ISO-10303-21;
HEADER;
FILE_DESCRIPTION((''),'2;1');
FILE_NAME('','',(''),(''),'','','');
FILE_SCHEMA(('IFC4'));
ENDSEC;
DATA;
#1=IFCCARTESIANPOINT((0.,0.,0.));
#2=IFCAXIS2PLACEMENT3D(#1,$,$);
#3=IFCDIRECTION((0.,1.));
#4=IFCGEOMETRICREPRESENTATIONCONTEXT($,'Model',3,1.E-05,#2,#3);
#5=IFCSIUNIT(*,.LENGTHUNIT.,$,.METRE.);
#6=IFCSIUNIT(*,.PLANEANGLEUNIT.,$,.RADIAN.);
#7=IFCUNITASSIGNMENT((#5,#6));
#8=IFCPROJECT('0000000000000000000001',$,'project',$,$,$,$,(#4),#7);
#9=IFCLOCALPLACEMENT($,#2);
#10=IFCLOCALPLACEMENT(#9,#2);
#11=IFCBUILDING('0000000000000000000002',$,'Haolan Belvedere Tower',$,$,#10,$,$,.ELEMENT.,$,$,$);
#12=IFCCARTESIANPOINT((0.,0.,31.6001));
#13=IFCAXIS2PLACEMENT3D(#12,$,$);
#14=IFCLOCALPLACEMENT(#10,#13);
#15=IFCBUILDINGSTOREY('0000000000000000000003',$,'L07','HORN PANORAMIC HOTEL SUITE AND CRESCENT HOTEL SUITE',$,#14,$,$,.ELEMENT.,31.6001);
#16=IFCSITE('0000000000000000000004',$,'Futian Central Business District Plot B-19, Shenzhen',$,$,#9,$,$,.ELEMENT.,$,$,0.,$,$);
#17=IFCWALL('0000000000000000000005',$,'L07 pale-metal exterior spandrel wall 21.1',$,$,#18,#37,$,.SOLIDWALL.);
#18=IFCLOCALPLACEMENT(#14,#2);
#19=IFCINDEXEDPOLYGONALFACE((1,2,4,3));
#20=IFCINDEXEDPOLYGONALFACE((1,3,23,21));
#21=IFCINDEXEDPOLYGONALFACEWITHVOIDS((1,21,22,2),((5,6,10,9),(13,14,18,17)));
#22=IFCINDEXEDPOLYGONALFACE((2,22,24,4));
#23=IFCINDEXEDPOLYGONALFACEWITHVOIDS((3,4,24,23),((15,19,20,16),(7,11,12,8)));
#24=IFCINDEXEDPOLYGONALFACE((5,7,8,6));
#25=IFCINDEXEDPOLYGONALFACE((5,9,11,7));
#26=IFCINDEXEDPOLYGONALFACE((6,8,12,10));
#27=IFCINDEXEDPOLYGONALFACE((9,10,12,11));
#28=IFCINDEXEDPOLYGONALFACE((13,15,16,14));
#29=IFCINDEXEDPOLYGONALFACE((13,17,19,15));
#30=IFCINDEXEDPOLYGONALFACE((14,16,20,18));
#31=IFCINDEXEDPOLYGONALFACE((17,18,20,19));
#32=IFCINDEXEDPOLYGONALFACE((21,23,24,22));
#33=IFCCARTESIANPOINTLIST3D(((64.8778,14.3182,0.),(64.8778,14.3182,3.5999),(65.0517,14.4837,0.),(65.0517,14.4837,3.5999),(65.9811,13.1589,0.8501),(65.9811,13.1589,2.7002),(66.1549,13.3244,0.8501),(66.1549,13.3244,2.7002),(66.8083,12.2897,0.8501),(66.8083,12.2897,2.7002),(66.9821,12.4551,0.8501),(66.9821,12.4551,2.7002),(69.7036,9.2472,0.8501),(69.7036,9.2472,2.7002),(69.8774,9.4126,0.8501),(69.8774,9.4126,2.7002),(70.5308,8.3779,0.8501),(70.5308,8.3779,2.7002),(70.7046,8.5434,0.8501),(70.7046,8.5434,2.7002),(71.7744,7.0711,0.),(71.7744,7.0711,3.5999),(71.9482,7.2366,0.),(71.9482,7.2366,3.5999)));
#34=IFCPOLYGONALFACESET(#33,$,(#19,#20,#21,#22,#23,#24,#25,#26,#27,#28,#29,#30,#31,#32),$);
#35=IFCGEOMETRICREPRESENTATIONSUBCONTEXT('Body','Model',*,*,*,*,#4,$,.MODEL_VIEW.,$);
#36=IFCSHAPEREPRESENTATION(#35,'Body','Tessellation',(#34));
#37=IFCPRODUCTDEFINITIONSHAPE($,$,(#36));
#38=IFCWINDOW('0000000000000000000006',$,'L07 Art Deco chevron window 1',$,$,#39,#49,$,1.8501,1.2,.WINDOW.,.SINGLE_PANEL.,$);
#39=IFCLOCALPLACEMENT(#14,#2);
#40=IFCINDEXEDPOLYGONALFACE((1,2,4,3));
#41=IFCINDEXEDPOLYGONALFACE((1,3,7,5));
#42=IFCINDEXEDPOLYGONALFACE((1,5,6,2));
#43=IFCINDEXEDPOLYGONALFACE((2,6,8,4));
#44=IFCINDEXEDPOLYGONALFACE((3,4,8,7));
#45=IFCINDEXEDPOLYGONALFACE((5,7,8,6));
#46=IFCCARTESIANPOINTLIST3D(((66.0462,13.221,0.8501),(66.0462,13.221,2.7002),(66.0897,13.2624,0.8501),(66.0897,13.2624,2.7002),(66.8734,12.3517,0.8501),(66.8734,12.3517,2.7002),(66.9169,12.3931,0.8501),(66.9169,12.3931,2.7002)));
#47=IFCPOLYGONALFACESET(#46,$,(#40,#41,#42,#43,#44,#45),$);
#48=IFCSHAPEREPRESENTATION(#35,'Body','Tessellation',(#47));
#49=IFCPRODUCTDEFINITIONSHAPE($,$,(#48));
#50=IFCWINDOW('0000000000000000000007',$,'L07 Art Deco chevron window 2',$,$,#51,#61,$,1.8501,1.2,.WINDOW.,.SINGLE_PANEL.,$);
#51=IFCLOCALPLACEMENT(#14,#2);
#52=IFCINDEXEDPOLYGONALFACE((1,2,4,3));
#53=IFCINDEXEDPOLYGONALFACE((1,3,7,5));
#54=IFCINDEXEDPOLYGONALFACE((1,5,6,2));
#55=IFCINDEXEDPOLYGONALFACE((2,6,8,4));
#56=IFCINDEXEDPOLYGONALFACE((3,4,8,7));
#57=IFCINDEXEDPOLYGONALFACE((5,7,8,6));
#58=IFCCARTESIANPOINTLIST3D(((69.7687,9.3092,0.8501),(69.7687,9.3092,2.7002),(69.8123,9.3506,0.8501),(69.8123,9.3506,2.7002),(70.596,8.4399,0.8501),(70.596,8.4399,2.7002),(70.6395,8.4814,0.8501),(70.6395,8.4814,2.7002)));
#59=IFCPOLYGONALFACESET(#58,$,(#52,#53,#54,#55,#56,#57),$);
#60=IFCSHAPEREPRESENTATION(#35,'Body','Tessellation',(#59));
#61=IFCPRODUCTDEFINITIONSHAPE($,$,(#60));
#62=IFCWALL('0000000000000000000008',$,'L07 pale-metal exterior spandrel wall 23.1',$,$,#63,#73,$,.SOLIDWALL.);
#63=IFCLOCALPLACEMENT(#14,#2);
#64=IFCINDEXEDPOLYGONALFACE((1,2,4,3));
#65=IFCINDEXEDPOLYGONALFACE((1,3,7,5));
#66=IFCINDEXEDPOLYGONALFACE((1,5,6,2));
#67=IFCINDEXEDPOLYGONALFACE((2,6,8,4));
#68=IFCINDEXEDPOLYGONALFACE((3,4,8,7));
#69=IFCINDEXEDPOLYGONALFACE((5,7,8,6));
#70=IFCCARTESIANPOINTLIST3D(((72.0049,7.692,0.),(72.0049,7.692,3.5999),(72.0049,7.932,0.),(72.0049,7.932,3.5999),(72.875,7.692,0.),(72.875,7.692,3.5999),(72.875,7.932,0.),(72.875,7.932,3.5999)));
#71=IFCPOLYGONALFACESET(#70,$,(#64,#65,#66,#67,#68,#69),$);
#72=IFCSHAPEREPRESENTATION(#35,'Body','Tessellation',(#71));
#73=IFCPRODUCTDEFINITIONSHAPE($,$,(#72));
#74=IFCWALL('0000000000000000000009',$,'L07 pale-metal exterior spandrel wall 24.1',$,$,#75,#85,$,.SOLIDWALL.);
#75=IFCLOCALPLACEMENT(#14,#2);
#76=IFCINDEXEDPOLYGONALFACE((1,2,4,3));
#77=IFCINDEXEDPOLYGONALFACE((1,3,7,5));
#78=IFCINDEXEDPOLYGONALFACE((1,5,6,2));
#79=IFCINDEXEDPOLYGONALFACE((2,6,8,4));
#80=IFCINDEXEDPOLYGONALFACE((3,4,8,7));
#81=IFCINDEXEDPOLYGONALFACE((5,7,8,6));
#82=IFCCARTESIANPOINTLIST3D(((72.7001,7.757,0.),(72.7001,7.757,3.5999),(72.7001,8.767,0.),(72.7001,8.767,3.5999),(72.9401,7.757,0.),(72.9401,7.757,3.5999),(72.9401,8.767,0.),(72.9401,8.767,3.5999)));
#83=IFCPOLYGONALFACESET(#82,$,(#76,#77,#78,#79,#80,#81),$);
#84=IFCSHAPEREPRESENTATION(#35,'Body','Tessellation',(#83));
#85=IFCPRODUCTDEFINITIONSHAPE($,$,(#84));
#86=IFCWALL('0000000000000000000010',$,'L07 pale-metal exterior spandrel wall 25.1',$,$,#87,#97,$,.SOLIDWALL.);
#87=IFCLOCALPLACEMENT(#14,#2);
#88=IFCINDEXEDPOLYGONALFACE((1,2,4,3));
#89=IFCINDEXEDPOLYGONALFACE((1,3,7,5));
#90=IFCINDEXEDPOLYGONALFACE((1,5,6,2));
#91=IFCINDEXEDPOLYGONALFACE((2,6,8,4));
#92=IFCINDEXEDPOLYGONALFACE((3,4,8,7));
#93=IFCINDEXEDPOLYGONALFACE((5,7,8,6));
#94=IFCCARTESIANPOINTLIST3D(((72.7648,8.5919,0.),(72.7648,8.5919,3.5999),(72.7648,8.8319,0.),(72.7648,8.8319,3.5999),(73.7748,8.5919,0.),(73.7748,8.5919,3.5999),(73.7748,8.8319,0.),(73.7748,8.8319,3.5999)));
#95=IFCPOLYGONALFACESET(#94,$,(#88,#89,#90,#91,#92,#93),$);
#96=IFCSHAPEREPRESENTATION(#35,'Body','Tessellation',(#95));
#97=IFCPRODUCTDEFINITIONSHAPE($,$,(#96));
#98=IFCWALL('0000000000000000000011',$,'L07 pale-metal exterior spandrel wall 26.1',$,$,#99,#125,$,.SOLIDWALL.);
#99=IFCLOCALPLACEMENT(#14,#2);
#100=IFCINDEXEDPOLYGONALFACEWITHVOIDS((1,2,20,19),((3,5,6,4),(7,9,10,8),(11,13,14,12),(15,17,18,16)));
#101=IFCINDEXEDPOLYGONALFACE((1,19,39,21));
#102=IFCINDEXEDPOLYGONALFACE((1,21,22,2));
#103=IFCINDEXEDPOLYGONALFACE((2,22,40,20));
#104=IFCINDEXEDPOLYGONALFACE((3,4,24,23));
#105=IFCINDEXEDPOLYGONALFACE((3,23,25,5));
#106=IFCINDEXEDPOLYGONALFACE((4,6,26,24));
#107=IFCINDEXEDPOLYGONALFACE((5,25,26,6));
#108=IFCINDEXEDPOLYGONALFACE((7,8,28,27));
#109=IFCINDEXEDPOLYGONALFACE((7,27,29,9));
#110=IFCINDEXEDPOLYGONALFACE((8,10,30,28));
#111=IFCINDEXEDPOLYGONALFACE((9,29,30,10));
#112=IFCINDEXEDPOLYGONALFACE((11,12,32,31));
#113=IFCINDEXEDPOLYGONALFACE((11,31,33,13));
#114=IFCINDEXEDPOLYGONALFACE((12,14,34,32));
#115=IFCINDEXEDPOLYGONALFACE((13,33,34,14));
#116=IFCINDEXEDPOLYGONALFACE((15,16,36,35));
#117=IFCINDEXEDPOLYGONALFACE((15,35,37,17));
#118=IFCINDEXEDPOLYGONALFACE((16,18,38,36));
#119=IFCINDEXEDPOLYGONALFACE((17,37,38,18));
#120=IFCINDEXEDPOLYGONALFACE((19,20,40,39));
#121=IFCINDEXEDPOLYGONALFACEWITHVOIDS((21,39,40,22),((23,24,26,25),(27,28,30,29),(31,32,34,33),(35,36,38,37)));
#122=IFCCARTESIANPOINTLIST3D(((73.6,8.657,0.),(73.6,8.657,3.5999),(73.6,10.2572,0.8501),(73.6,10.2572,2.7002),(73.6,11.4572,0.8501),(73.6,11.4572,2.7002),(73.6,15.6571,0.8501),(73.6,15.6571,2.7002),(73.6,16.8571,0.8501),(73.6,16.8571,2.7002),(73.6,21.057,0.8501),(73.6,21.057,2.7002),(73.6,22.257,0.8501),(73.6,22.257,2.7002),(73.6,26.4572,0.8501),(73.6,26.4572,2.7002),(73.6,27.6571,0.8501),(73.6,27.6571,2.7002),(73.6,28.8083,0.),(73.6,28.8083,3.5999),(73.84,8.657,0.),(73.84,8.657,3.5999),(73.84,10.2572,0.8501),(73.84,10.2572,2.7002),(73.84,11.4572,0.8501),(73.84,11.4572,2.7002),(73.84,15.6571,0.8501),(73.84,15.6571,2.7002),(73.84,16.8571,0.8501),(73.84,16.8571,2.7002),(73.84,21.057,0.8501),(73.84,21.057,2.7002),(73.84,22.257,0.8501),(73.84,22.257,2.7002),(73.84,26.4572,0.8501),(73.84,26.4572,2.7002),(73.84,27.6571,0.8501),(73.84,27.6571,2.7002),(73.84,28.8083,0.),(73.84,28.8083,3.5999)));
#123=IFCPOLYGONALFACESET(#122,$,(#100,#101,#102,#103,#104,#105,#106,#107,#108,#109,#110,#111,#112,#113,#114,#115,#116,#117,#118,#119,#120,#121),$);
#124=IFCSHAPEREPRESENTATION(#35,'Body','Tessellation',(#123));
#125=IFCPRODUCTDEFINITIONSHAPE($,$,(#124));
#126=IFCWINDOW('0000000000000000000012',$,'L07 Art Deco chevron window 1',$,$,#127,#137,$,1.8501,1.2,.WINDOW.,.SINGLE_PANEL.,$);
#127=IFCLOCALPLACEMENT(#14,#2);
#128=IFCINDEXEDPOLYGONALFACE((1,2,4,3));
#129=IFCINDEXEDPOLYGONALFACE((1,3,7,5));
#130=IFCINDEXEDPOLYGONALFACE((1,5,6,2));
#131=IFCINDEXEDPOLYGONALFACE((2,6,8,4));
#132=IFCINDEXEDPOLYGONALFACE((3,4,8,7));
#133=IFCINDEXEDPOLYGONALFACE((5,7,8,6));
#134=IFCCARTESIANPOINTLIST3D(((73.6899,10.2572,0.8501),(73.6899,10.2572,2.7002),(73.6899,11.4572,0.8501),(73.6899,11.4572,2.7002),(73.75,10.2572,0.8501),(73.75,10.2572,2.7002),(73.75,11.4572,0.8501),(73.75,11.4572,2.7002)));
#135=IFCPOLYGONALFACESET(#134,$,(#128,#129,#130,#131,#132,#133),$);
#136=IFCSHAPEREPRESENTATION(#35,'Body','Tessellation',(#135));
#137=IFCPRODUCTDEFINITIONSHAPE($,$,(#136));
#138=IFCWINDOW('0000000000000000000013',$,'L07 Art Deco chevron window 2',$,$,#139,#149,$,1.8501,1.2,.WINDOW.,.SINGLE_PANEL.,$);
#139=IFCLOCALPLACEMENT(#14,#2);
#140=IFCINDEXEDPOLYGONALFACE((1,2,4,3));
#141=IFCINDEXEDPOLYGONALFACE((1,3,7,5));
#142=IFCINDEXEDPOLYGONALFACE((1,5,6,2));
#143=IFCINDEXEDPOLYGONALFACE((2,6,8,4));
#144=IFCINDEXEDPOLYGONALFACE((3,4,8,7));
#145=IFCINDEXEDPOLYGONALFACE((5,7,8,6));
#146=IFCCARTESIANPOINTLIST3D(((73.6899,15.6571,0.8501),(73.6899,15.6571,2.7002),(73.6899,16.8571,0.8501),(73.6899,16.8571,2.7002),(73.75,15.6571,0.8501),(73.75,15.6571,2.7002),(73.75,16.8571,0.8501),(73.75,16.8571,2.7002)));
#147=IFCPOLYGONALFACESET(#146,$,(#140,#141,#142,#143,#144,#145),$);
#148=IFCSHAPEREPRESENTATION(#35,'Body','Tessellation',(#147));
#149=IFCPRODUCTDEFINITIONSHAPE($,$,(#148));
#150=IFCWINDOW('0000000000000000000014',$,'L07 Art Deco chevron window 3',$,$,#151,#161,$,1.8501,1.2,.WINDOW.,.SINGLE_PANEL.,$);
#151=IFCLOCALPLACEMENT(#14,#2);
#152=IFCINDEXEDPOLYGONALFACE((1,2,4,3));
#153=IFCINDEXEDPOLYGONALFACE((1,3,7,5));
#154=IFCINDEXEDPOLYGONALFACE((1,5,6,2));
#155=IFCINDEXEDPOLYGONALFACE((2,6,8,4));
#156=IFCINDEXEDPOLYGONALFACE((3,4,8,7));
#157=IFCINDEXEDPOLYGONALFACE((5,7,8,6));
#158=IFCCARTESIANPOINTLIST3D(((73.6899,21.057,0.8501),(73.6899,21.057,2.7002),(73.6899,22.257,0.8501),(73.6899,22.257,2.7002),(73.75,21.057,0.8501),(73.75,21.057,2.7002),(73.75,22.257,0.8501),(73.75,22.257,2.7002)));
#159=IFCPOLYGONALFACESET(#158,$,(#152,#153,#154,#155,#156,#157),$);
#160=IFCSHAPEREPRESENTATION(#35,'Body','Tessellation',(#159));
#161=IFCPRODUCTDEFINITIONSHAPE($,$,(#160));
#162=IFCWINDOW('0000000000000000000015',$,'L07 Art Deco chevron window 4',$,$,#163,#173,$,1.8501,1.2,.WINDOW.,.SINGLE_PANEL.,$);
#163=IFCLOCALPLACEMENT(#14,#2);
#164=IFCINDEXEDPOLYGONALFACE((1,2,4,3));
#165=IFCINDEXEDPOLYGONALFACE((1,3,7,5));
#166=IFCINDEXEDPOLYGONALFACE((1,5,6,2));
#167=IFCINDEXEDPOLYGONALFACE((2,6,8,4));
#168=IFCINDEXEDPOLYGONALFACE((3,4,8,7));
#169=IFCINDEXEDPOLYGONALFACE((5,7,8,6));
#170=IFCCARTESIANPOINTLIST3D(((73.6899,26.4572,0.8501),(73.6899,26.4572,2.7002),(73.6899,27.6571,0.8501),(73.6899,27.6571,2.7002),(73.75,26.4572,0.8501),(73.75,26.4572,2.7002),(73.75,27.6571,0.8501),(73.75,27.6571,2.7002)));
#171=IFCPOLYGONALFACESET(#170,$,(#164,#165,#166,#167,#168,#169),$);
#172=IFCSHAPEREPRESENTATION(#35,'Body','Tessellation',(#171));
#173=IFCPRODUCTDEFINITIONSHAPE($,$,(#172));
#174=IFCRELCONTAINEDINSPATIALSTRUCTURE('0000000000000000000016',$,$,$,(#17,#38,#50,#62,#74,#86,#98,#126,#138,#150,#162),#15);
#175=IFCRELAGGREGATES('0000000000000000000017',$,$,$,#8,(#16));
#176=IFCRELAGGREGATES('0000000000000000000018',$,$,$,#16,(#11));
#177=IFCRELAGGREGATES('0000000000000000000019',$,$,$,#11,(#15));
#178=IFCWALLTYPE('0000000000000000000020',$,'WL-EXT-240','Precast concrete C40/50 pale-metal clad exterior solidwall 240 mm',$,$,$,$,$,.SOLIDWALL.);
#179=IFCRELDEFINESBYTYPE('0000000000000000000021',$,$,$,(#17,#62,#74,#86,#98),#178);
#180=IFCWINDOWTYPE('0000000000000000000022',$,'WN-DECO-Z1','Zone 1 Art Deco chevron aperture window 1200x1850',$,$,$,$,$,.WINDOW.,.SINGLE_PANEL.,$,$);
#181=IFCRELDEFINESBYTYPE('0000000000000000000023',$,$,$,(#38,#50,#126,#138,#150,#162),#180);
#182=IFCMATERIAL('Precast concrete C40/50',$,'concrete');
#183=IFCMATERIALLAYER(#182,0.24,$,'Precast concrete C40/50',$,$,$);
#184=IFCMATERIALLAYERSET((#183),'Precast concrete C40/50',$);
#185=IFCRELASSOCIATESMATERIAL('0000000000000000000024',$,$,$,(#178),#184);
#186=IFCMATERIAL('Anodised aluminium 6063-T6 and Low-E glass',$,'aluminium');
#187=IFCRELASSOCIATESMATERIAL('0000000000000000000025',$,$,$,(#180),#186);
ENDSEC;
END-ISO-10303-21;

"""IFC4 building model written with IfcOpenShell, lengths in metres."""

from ifc_helpers import new_model, si_unit, direction, frame, frame_2d, origin, place, context, subcontext, project, spatial, rectangle, extrude, material, layer, layer_set, type_object, element, fill, save


model = new_model("IFC4")

# Units and contexts
model_context = context("Model", 3, precision=1e-05, world=origin(), true_north=direction((0.0, 1.0)))
body_context = subcontext(model_context, "Body", "Model", "MODEL_VIEW")
ifc_project = project(units=[si_unit("LENGTHUNIT", "METRE"), si_unit("PLANEANGLEUNIT", "RADIAN")], contexts=[model_context])

# Site, building, storey
site_placement = place(None, origin())
site = spatial("IfcSite", under=ifc_project, at=site_placement, Name="Futian Central Business District Plot B-19, Shenzhen", CompositionType="ELEMENT", RefElevation=0.0)
building_placement = place(site_placement, origin())
building = spatial("IfcBuilding", under=site, at=building_placement, Name="Haolan Belvedere Tower", CompositionType="ELEMENT")
storey_placement = place(building_placement, frame((0.0, 0.0, 31.6001)))
storey = spatial("IfcBuildingStorey", under=building, at=storey_placement, Name="L07", Description="HORN PANORAMIC HOTEL SUITE AND CRESCENT HOTEL SUITE", CompositionType="ELEMENT", Elevation=31.6001)

# Shared definitions
ifc_material_1 = material(Name="Precast concrete C40/50", Category="concrete")
ifc_layer_1 = layer(ifc_material_1, 0.24, Name="Precast concrete C40/50")
ifc_layer_set_1 = layer_set([ifc_layer_1], Name="Precast concrete C40/50")
wall_type_1 = type_object("IfcWallType", Name="WL-EXT-240", Description="Precast concrete C40/50 pale-metal clad exterior solidwall 240 mm", PredefinedType="SOLIDWALL", material=ifc_layer_set_1)

# Wall, openings, windows
wall_1_placement = place(storey_placement, frame((64.9648, 14.4009, 0.0), z_axis=(0.0, 0.0, 1.0), x_axis=(0.689367, -0.724412, 0.0)))
wall_1 = element("IfcWall", 1, at=wall_1_placement, inside=storey, type_object=wall_type_1, Name="L07 pale-metal exterior spandrel wall 21.1", PredefinedType="SOLIDWALL", context=body_context, shape_type="SweptSolid", body=[
    extrude(rectangle(XDim=10.0042, YDim=0.24, at=frame_2d((5.002, 0.0))), origin(), (0.0, 0.0, 1.0), 3.5999),
])
opening_1_placement = place(wall_1_placement, frame((1.6001, 0.0, 0.8501)))
opening_1 = element("IfcOpeningElement", 2, at=opening_1_placement, cuts=wall_1, PredefinedType="OPENING", context=body_context, shape_type="SweptSolid", body=[
    extrude(rectangle(XDim=1.2, YDim=1.8501, at=frame_2d((0.6001, 0.925))), frame((0.0, 0.1299, 0.0), z_axis=(0.0, -1.0, 0.0), x_axis=(1.0, 0.0, 0.0)), (0.0, 0.0, 1.0), 0.26),
])
opening_2_placement = place(wall_1_placement, frame((7.0, 0.0, 0.8501)))
opening_2 = element("IfcOpeningElement", 3, at=opening_2_placement, cuts=wall_1, PredefinedType="OPENING", context=body_context, shape_type="SweptSolid", body=[
    extrude(rectangle(XDim=1.2, YDim=1.8501, at=frame_2d((0.6001, 0.925))), frame((0.0, 0.1299, 0.0), z_axis=(0.0, -1.0, 0.0), x_axis=(1.0, 0.0, 0.0)), (0.0, 0.0, 1.0), 0.26),
])
ifc_material_2 = material(Name="Anodised aluminium 6063-T6 and Low-E glass", Category="aluminium")
window_type = type_object("IfcWindowType", Name="WN-DECO-Z1", Description="Zone 1 Art Deco chevron aperture window 1200x1850", PartitioningType="SINGLE_PANEL", PredefinedType="WINDOW", material=ifc_material_2)
window_1_placement = place(opening_1_placement, origin())
window_1 = element("IfcWindow", 4, at=window_1_placement, inside=storey, type_object=window_type, Name="L07 Art Deco chevron window 1", OverallHeight=1.8501, OverallWidth=1.2, PartitioningType="SINGLE_PANEL", PredefinedType="WINDOW", context=body_context, shape_type="SweptSolid", body=[
    extrude(rectangle(XDim=1.2, YDim=1.8501, at=frame_2d((0.6001, 0.925))), frame((0.0, 0.03, 0.0), z_axis=(0.0, -1.0, 0.0), x_axis=(1.0, 0.0, 0.0)), (0.0, 0.0, 1.0), 0.0601),
])
fill(opening_1, window_1)
window_2_placement = place(opening_2_placement, origin())
window_2 = element("IfcWindow", 5, at=window_2_placement, inside=storey, type_object=window_type, Name="L07 Art Deco chevron window 2", OverallHeight=1.8501, OverallWidth=1.2, PartitioningType="SINGLE_PANEL", PredefinedType="WINDOW", context=body_context, shape_type="SweptSolid", body=[
    extrude(rectangle(XDim=1.2, YDim=1.8501, at=frame_2d((0.6001, 0.925))), frame((0.0, 0.03, 0.0), z_axis=(0.0, -1.0, 0.0), x_axis=(1.0, 0.0, 0.0)), (0.0, 0.0, 1.0), 0.0601),
])
fill(opening_2, window_2)

# Walls
wall_2_placement = place(storey_placement, frame((72.0049, 7.812, 0.0), z_axis=(0.0, 0.0, 1.0), x_axis=(1.0, 0.0, 0.0)))
element("IfcWall", 6, at=wall_2_placement, inside=storey, type_object=wall_type_1, Name="L07 pale-metal exterior spandrel wall 23.1", PredefinedType="SOLIDWALL", context=body_context, shape_type="SweptSolid", body=[
    extrude(rectangle(XDim=0.8701, YDim=0.24, at=frame_2d((0.4351, 0.0))), origin(), (0.0, 0.0, 1.0), 3.5999),
])
for number, where, z_axis, x_axis, name in (
    (7, (72.8201, 7.7571, 0.0), (0.0, 0.0, 1.0), (0.0, 1.0, 0.0), "L07 pale-metal exterior spandrel wall 24.1"),
    (8, (72.7649, 8.7119, 0.0), (0.0, 0.0, 1.0), (1.0, 0.0, 0.0), "L07 pale-metal exterior spandrel wall 25.1"),
):
    element("IfcWall", number, at=place(storey_placement, frame(where, z_axis=z_axis, x_axis=x_axis)), inside=storey, type_object=wall_type_1, Name=name, PredefinedType="SOLIDWALL", context=body_context, shape_type="SweptSolid", body=[
        extrude(rectangle(XDim=1.01, YDim=0.24, at=frame_2d((0.5049, 0.0))), origin(), (0.0, 0.0, 1.0), 3.5999),
    ])

# Wall, openings, windows
wall_3_placement = place(storey_placement, frame((73.72, 8.657, 0.0), z_axis=(0.0, 0.0, 1.0), x_axis=(0.0, 1.0, 0.0)))
wall_3 = element("IfcWall", 9, at=wall_3_placement, inside=storey, type_object=wall_type_1, Name="L07 pale-metal exterior spandrel wall 26.1", PredefinedType="SOLIDWALL", context=body_context, shape_type="SweptSolid", body=[
    extrude(rectangle(XDim=20.1514, YDim=0.24, at=frame_2d((10.0757, 0.0))), origin(), (0.0, 0.0, 1.0), 3.5999),
])
opening_3_placement = place(wall_3_placement, frame((1.6001, 0.0, 0.8501)))
opening_3 = element("IfcOpeningElement", 10, at=opening_3_placement, cuts=wall_3, PredefinedType="OPENING", context=body_context, shape_type="SweptSolid", body=[
    extrude(rectangle(XDim=1.2, YDim=1.8501, at=frame_2d((0.6001, 0.925))), frame((0.0, 0.1299, 0.0), z_axis=(0.0, -1.0, 0.0), x_axis=(1.0, 0.0, 0.0)), (0.0, 0.0, 1.0), 0.26),
])
opening_4_placement = place(wall_3_placement, frame((7.0, 0.0, 0.8501)))
opening_4 = element("IfcOpeningElement", 11, at=opening_4_placement, cuts=wall_3, PredefinedType="OPENING", context=body_context, shape_type="SweptSolid", body=[
    extrude(rectangle(XDim=1.2, YDim=1.8501, at=frame_2d((0.6001, 0.925))), frame((0.0, 0.1299, 0.0), z_axis=(0.0, -1.0, 0.0), x_axis=(1.0, 0.0, 0.0)), (0.0, 0.0, 1.0), 0.26),
])
opening_5_placement = place(wall_3_placement, frame((12.3999, 0.0, 0.8501)))
opening_5 = element("IfcOpeningElement", 12, at=opening_5_placement, cuts=wall_3, PredefinedType="OPENING", context=body_context, shape_type="SweptSolid", body=[
    extrude(rectangle(XDim=1.2, YDim=1.8501, at=frame_2d((0.6001, 0.925))), frame((0.0, 0.1299, 0.0), z_axis=(0.0, -1.0, 0.0), x_axis=(1.0, 0.0, 0.0)), (0.0, 0.0, 1.0), 0.26),
])
opening_6_placement = place(wall_3_placement, frame((17.8, 0.0, 0.8501)))
opening_6 = element("IfcOpeningElement", 13, at=opening_6_placement, cuts=wall_3, PredefinedType="OPENING", context=body_context, shape_type="SweptSolid", body=[
    extrude(rectangle(XDim=1.2, YDim=1.8501, at=frame_2d((0.6001, 0.925))), frame((0.0, 0.1299, 0.0), z_axis=(0.0, -1.0, 0.0), x_axis=(1.0, 0.0, 0.0)), (0.0, 0.0, 1.0), 0.26),
])
window_3_placement = place(opening_3_placement, origin())
window_3 = element("IfcWindow", 14, at=window_3_placement, inside=storey, type_object=window_type, Name="L07 Art Deco chevron window 1", OverallHeight=1.8501, OverallWidth=1.2, PartitioningType="SINGLE_PANEL", PredefinedType="WINDOW", context=body_context, shape_type="SweptSolid", body=[
    extrude(rectangle(XDim=1.2, YDim=1.8501, at=frame_2d((0.6001, 0.925))), frame((0.0, 0.03, 0.0), z_axis=(0.0, -1.0, 0.0), x_axis=(1.0, 0.0, 0.0)), (0.0, 0.0, 1.0), 0.0601),
])
fill(opening_3, window_3)
window_4_placement = place(opening_4_placement, origin())
window_4 = element("IfcWindow", 15, at=window_4_placement, inside=storey, type_object=window_type, Name="L07 Art Deco chevron window 2", OverallHeight=1.8501, OverallWidth=1.2, PartitioningType="SINGLE_PANEL", PredefinedType="WINDOW", context=body_context, shape_type="SweptSolid", body=[
    extrude(rectangle(XDim=1.2, YDim=1.8501, at=frame_2d((0.6001, 0.925))), frame((0.0, 0.03, 0.0), z_axis=(0.0, -1.0, 0.0), x_axis=(1.0, 0.0, 0.0)), (0.0, 0.0, 1.0), 0.0601),
])
fill(opening_4, window_4)
window_5_placement = place(opening_5_placement, origin())
window_5 = element("IfcWindow", 16, at=window_5_placement, inside=storey, type_object=window_type, Name="L07 Art Deco chevron window 3", OverallHeight=1.8501, OverallWidth=1.2, PartitioningType="SINGLE_PANEL", PredefinedType="WINDOW", context=body_context, shape_type="SweptSolid", body=[
    extrude(rectangle(XDim=1.2, YDim=1.8501, at=frame_2d((0.6001, 0.925))), frame((0.0, 0.03, 0.0), z_axis=(0.0, -1.0, 0.0), x_axis=(1.0, 0.0, 0.0)), (0.0, 0.0, 1.0), 0.0601),
])
fill(opening_5, window_5)
window_6_placement = place(opening_6_placement, origin())
window_6 = element("IfcWindow", 17, at=window_6_placement, inside=storey, type_object=window_type, Name="L07 Art Deco chevron window 4", OverallHeight=1.8501, OverallWidth=1.2, PartitioningType="SINGLE_PANEL", PredefinedType="WINDOW", context=body_context, shape_type="SweptSolid", body=[
    extrude(rectangle(XDim=1.2, YDim=1.8501, at=frame_2d((0.6001, 0.925))), frame((0.0, 0.03, 0.0), z_axis=(0.0, -1.0, 0.0), x_axis=(1.0, 0.0, 0.0)), (0.0, 0.0, 1.0), 0.0601),
])
fill(opening_6, window_6)

save(model, "model.ifc")
